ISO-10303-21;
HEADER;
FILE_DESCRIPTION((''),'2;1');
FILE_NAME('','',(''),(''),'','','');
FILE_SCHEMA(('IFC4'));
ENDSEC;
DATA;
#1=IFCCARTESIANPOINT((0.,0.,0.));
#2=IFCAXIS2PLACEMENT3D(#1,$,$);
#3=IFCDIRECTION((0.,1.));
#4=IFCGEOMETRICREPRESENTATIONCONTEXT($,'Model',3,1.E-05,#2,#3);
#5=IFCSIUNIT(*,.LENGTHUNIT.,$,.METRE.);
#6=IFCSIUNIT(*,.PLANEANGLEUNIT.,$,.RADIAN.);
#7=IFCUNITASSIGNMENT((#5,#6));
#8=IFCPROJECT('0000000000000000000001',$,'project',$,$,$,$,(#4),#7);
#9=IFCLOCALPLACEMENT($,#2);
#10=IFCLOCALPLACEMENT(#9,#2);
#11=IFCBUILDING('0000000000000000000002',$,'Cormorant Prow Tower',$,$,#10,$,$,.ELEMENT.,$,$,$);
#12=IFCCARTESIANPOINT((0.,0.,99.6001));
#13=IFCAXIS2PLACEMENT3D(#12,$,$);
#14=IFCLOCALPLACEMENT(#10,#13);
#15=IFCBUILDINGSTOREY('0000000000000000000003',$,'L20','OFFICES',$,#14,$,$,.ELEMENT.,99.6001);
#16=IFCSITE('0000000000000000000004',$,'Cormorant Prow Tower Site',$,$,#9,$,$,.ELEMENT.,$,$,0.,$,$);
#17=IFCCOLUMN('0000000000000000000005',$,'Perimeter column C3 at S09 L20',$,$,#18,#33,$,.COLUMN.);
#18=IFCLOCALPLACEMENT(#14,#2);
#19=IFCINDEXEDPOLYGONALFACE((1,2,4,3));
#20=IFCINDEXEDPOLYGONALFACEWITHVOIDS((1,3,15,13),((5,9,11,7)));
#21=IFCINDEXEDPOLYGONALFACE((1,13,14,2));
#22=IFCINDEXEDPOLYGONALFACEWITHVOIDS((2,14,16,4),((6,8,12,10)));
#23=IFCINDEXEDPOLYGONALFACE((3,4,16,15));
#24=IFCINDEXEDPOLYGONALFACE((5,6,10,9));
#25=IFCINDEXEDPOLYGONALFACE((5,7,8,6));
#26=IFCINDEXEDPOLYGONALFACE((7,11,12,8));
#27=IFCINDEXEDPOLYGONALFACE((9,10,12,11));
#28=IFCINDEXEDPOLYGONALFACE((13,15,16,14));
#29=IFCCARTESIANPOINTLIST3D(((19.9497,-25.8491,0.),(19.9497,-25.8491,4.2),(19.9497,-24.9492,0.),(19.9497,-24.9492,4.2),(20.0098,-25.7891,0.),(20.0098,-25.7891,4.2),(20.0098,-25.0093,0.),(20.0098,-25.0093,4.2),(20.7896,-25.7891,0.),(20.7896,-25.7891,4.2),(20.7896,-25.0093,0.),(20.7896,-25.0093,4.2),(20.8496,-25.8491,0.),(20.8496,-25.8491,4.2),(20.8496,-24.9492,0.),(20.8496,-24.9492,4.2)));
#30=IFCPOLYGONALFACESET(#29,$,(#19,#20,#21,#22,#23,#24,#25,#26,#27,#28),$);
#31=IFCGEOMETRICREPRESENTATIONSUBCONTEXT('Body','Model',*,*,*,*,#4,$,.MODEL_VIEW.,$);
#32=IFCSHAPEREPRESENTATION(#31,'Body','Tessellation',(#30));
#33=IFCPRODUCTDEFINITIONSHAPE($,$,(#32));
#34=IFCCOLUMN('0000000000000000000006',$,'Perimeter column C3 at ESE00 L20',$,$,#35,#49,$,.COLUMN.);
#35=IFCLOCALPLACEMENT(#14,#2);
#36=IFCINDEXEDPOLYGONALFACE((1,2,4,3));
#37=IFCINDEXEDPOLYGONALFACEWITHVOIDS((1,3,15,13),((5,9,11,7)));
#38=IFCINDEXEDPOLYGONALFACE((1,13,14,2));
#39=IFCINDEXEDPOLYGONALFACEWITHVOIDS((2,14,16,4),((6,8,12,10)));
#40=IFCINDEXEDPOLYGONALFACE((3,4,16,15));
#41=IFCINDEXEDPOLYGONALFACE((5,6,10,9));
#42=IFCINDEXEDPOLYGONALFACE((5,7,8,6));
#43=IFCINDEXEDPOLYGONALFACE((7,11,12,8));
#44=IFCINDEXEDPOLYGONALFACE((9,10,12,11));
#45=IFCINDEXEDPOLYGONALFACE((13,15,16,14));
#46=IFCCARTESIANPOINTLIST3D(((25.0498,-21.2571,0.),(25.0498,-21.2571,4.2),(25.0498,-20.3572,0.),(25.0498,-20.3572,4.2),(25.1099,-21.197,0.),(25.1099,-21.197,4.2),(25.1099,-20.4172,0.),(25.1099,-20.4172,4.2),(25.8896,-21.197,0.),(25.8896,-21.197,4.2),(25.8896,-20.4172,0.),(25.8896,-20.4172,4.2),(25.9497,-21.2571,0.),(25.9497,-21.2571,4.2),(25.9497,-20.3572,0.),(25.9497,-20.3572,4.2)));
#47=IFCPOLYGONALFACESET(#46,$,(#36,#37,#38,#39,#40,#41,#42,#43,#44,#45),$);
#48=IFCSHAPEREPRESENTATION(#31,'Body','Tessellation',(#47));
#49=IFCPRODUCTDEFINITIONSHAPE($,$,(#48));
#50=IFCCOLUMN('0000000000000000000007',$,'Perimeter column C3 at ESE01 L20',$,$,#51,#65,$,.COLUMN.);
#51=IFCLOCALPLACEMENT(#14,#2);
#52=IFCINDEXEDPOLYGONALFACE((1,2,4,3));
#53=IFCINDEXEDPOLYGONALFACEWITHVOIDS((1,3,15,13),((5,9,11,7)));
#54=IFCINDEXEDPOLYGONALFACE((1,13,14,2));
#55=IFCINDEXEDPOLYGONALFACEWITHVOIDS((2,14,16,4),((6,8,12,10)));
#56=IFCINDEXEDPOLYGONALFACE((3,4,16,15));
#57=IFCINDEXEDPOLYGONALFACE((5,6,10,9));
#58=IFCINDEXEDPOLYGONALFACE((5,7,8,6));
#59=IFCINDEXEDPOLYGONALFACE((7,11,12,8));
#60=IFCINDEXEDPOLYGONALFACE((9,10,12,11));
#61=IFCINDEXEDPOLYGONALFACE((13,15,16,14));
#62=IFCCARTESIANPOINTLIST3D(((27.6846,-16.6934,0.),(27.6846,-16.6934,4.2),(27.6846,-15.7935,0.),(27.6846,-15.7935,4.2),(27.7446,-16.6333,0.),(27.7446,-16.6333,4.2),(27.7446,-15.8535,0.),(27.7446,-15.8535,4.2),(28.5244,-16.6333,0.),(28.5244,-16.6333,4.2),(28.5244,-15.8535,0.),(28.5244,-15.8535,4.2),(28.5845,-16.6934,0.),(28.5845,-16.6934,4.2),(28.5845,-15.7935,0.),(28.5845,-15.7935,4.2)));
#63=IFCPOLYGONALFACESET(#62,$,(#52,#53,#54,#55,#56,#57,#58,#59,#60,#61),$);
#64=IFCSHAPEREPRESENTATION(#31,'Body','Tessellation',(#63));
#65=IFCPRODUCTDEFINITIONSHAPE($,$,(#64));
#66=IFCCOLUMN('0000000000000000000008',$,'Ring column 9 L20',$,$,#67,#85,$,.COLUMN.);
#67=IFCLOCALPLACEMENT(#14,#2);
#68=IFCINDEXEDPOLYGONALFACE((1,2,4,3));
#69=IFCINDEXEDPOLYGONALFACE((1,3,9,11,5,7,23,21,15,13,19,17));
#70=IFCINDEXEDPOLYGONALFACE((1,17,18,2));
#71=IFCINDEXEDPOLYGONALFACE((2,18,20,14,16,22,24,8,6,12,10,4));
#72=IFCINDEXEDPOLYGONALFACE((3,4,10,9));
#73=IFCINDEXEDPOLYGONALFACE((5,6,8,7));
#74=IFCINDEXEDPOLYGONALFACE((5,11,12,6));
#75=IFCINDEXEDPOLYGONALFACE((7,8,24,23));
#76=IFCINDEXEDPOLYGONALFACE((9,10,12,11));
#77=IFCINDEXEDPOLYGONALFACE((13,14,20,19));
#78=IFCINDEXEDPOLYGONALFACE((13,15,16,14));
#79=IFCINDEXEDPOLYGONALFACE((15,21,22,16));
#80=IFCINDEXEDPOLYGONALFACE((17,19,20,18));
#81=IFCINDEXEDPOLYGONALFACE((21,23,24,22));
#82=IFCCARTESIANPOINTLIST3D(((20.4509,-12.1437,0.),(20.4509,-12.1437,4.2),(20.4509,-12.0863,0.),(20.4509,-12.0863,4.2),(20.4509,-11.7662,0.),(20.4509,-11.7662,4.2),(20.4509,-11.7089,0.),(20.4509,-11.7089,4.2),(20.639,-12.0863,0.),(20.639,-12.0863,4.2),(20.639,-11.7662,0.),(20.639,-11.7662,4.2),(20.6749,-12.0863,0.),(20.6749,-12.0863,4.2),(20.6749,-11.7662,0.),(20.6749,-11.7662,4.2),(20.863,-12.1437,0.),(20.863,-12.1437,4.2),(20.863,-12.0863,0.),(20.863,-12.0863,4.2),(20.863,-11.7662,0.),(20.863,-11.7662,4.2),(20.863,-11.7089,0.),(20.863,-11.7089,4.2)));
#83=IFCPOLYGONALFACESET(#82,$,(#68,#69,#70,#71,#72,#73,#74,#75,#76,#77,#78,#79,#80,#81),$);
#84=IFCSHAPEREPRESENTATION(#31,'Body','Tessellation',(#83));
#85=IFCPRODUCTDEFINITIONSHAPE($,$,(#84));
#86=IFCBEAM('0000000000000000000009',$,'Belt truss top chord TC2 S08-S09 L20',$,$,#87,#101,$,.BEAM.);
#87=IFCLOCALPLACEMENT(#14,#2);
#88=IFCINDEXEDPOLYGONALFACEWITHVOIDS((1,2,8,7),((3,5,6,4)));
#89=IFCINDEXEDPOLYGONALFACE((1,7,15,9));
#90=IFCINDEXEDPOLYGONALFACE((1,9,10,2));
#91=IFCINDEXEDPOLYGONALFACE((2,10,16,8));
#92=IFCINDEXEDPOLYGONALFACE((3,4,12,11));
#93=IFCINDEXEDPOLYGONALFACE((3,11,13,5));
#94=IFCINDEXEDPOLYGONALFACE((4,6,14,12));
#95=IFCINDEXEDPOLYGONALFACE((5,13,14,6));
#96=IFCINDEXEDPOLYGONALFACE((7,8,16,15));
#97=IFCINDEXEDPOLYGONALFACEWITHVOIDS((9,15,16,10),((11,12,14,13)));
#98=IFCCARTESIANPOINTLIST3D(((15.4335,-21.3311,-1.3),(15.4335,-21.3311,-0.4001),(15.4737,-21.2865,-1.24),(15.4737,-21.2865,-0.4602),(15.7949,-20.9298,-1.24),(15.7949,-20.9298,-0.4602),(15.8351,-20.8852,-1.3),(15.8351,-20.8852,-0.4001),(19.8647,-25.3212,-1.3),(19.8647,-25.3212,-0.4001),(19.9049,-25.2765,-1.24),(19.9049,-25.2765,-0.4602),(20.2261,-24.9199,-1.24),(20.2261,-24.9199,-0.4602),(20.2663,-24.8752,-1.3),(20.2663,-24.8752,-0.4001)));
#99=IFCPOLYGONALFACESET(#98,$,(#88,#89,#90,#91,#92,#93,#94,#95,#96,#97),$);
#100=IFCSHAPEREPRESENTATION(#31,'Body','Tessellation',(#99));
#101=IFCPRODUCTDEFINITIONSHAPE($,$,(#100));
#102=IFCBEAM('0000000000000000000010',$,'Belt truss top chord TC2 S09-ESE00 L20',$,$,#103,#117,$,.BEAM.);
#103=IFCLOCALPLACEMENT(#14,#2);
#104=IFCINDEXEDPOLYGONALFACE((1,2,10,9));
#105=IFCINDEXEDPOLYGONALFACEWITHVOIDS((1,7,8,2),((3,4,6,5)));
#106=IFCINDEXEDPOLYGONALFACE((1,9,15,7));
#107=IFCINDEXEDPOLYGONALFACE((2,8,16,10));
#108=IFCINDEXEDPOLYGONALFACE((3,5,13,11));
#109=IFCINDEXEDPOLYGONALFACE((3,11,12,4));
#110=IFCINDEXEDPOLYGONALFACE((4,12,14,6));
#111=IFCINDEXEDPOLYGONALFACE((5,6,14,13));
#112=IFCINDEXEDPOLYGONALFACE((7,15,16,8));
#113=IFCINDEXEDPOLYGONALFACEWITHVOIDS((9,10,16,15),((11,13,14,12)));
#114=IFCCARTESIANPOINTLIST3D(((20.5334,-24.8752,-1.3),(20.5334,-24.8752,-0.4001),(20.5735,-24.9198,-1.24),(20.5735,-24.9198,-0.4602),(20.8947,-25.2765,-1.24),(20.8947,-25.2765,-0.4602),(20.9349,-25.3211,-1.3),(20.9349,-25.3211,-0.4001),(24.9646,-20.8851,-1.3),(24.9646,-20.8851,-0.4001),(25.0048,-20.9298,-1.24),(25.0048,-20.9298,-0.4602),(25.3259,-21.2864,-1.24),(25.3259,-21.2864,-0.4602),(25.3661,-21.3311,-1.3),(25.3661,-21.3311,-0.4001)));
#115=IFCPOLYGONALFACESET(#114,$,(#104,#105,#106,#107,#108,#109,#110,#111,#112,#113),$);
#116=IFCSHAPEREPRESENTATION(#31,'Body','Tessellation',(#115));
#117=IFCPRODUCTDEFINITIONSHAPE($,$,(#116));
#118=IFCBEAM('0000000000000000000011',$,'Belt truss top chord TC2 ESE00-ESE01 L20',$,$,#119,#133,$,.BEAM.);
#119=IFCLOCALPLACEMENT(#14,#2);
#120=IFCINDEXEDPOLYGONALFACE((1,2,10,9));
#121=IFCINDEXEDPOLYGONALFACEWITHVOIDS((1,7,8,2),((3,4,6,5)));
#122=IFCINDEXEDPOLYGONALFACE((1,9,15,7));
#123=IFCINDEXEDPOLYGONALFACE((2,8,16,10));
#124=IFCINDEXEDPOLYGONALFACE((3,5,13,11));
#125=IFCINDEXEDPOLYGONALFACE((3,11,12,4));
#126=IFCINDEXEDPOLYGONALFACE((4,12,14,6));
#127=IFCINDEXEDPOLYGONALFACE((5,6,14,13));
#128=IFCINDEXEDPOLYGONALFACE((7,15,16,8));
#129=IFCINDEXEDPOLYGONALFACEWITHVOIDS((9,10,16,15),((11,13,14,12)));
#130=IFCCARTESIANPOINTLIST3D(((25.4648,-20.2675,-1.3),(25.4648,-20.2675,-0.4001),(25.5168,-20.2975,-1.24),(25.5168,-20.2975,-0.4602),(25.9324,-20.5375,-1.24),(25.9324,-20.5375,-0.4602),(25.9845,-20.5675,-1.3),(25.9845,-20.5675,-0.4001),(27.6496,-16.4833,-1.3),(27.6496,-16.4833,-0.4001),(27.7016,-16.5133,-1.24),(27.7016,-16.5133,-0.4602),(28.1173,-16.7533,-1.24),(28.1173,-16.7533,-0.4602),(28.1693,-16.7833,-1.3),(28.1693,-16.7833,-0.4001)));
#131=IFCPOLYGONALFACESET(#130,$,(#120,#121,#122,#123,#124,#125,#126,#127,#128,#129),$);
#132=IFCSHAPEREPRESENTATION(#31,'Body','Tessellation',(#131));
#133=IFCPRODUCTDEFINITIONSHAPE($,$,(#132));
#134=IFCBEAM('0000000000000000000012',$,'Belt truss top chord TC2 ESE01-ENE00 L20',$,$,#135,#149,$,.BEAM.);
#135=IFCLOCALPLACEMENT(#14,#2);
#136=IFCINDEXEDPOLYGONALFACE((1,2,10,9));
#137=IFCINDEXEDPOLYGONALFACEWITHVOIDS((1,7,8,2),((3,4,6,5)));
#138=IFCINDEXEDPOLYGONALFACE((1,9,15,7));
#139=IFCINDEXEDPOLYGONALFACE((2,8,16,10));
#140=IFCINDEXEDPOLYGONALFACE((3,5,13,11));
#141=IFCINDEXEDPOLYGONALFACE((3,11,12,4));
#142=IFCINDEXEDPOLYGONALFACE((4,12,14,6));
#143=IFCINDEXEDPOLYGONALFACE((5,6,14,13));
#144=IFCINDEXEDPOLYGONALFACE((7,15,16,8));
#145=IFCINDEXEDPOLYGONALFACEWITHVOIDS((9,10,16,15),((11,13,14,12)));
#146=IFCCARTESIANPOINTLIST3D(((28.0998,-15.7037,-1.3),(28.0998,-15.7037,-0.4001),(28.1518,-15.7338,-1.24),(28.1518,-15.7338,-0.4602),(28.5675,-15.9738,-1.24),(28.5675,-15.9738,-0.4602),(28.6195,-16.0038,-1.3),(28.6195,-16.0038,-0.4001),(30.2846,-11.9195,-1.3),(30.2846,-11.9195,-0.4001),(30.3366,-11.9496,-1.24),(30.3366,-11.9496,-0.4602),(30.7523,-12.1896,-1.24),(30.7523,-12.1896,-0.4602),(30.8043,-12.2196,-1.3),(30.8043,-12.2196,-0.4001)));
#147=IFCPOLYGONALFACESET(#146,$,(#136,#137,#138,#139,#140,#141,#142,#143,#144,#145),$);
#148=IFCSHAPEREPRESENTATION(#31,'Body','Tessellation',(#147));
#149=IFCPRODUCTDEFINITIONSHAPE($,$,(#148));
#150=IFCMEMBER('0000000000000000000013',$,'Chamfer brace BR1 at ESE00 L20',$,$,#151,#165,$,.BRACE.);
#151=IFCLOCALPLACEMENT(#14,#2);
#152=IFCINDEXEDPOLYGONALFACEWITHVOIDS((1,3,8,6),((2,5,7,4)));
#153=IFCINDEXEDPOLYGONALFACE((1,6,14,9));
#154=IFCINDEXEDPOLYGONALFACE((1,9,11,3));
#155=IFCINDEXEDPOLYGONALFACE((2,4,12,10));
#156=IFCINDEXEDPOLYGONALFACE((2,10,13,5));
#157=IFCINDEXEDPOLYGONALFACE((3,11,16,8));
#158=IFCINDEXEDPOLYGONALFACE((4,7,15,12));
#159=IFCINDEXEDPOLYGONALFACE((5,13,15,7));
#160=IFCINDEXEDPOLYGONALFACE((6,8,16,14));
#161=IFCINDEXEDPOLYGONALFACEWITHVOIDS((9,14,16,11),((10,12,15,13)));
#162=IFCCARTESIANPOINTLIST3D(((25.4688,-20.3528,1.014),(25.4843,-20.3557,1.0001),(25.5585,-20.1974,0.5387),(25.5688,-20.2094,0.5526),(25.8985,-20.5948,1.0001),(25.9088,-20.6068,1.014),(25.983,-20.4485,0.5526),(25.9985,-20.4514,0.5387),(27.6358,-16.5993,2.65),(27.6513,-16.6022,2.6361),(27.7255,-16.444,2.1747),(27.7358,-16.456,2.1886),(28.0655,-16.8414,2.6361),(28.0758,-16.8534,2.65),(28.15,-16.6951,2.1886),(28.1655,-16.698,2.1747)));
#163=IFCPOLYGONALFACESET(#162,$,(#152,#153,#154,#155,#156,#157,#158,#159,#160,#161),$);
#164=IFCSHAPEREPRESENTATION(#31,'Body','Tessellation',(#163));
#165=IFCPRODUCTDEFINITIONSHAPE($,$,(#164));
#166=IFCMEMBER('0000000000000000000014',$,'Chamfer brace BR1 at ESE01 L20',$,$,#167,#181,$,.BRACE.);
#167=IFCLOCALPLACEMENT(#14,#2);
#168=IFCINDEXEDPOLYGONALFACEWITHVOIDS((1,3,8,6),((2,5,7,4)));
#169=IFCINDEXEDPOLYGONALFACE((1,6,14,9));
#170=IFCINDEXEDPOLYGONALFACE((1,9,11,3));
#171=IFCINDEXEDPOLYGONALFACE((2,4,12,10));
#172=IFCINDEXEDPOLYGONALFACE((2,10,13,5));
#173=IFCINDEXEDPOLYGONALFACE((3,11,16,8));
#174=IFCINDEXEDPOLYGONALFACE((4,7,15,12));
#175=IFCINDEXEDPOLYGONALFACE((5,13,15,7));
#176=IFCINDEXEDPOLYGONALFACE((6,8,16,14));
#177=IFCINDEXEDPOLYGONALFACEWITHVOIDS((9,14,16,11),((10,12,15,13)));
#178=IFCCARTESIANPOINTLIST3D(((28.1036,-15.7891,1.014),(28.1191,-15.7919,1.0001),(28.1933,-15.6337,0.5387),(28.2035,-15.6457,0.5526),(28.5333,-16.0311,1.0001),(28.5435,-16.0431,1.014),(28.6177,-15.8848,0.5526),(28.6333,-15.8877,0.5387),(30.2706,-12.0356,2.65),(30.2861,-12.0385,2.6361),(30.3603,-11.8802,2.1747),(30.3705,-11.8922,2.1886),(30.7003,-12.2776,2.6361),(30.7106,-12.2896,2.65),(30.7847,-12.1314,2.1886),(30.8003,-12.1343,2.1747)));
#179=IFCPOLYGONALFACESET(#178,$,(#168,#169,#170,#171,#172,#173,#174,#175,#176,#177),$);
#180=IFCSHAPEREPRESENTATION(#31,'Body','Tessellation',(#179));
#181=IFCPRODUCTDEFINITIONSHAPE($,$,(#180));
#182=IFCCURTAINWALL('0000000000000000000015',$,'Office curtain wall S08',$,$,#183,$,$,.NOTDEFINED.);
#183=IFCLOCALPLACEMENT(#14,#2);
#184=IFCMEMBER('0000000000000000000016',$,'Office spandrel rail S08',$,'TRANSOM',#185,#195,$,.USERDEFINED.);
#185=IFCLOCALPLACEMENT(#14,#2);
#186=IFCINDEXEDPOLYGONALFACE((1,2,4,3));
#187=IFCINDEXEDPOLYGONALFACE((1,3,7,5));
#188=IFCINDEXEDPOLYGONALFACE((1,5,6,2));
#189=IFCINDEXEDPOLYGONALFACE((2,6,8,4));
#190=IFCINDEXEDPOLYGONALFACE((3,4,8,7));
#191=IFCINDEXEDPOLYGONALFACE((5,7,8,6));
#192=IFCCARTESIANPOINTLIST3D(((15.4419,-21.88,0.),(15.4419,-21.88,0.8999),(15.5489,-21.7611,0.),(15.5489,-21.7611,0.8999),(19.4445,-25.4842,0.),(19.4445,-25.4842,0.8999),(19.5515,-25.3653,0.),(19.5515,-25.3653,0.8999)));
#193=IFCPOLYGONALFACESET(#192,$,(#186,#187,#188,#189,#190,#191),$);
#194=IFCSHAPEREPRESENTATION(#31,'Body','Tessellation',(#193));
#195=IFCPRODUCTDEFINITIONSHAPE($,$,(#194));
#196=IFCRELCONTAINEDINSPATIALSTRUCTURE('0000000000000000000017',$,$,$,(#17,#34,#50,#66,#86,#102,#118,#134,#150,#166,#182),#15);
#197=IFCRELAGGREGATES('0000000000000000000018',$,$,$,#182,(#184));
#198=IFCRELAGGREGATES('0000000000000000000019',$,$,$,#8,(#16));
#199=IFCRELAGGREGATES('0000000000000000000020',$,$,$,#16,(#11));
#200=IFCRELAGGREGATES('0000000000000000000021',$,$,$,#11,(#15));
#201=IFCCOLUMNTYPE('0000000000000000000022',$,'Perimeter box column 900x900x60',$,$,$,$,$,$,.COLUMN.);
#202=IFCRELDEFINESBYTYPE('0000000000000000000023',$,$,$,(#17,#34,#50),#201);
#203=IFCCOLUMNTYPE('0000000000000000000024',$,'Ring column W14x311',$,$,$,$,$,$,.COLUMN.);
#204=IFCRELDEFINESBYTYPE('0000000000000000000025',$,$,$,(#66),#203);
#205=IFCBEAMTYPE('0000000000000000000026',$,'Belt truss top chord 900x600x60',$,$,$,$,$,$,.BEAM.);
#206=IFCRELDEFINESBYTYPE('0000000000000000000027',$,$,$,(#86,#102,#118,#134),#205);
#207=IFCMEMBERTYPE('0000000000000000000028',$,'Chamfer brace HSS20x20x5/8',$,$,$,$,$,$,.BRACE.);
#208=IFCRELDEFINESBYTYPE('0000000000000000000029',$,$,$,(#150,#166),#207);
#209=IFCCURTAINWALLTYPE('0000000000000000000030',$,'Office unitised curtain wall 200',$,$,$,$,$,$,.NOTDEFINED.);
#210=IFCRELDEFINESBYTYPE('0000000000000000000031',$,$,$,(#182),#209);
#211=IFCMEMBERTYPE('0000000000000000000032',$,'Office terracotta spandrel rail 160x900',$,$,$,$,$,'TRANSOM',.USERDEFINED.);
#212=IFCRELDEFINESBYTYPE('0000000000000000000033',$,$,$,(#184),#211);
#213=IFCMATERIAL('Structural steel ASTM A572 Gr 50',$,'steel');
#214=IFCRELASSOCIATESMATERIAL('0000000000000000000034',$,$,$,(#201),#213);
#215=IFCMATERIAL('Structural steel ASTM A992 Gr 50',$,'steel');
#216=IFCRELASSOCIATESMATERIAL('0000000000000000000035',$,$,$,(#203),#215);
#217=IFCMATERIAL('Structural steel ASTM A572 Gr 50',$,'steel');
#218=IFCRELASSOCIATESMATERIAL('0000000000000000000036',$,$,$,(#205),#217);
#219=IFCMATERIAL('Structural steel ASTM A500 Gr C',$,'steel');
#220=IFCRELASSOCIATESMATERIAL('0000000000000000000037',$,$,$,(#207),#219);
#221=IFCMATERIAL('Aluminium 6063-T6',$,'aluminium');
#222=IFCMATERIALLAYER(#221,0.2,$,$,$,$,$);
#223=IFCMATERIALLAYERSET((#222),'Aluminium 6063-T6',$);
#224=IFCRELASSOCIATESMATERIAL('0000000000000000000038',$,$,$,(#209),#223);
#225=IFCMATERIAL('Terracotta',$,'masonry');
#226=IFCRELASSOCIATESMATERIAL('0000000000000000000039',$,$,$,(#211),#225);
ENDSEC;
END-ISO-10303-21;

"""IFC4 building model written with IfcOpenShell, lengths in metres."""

from ifc_helpers import new_model, si_unit, direction, frame, origin, origin_2d, place, context, subcontext, project, spatial, rectangle, hollow_rectangle, i_section, extrude, material, layer, layer_set, material_profile, profile_set, type_object, element, aggregate, save


model = new_model("IFC4")

# Units and contexts
model_context = context("Model", 3, precision=1e-05, world=origin(), true_north=direction((0.0, 1.0)))
body_context = subcontext(model_context, "Body", "Model", "MODEL_VIEW")
ifc_project = project(units=[si_unit("LENGTHUNIT", "METRE"), si_unit("PLANEANGLEUNIT", "RADIAN")], contexts=[model_context])

# Site, building, storey
site_placement = place(None, origin())
site = spatial("IfcSite", under=ifc_project, at=site_placement, Name="Cormorant Prow Tower Site", CompositionType="ELEMENT", RefElevation=0.0)
building_placement = place(site_placement, origin())
building = spatial("IfcBuilding", under=site, at=building_placement, Name="Cormorant Prow Tower", CompositionType="ELEMENT")
storey_placement = place(building_placement, frame((0.0, 0.0, 99.6001)))
storey = spatial("IfcBuildingStorey", under=building, at=storey_placement, Name="L20", Description="OFFICES", CompositionType="ELEMENT", Elevation=99.6001)

# Columns
ifc_material_1 = material(Name="Structural steel ASTM A572 Gr 50", Category="steel")
ifc_material_profile_1 = material_profile(ifc_material_1, hollow_rectangle(XDim=0.8999, YDim=0.8999, WallThickness=0.0601, at=origin_2d()), Name="Box 900x900x60")
ifc_profile_set_1 = profile_set([ifc_material_profile_1], Name="Structural steel ASTM A572 Gr 50")
column_type_1 = type_object("IfcColumnType", Name="Perimeter box column 900x900x60", PredefinedType="COLUMN", material=ifc_profile_set_1)
for number, where, z_axis, x_axis, name in (
    (1, (20.3997, -25.3992, 0.0), (0.0, 0.0, 1.0), (1.0, 0.0, 0.0), "Perimeter column C3 at S09 L20"),
    (2, (25.4998, -20.8071, 0.0), (0.0, 0.0, 1.0), (1.0, 0.0, 0.0), "Perimeter column C3 at ESE00 L20"),
    (3, (28.1345, -16.2434, 0.0), (0.0, 0.0, 1.0), (1.0, 0.0, 0.0), "Perimeter column C3 at ESE01 L20"),
):
    element("IfcColumn", number, at=place(storey_placement, frame(where, z_axis=z_axis, x_axis=x_axis)), inside=storey, type_object=column_type_1, Name=name, PredefinedType="COLUMN", context=body_context, shape_type="SweptSolid", body=[
        extrude(hollow_rectangle(XDim=0.8999, YDim=0.8999, WallThickness=0.0601, at=origin_2d()), origin(), (0.0, 0.0, 1.0), 4.2),
    ])
ifc_material_2 = material(Name="Structural steel ASTM A992 Gr 50", Category="steel")
ifc_material_profile_2 = material_profile(ifc_material_2, i_section(OverallWidth=0.4121, OverallDepth=0.4348, WebThickness=0.0359, FlangeThickness=0.0574, at=origin_2d()), Name="W14x311")
ifc_profile_set_2 = profile_set([ifc_material_profile_2], Name="Structural steel ASTM A992 Gr 50")
column_type_2 = type_object("IfcColumnType", Name="Ring column W14x311", PredefinedType="COLUMN", material=ifc_profile_set_2)
column_placement = place(storey_placement, frame((20.657, -11.9263, 0.0), z_axis=(0.0, 0.0, 1.0), x_axis=(1.0, 0.0, 0.0)))
element("IfcColumn", 4, at=column_placement, inside=storey, type_object=column_type_2, Name="Ring column 9 L20", PredefinedType="COLUMN", context=body_context, shape_type="SweptSolid", body=[
    extrude(i_section(OverallWidth=0.4121, OverallDepth=0.4348, WebThickness=0.0359, FlangeThickness=0.0574, at=origin_2d()), origin(), (0.0, 0.0, 1.0), 4.2),
])

# Beams
ifc_material_3 = material(Name="Structural steel ASTM A572 Gr 50", Category="steel")
ifc_material_profile_3 = material_profile(ifc_material_3, hollow_rectangle(XDim=0.6001, YDim=0.8999, WallThickness=0.0601, at=origin_2d()), Name="Box 900x600x60")
ifc_profile_set_3 = profile_set([ifc_material_profile_3], Name="Structural steel ASTM A572 Gr 50")
beam_type = type_object("IfcBeamType", Name="Belt truss top chord 900x600x60", PredefinedType="BEAM", material=ifc_profile_set_3)
for number, where, z_axis, x_axis, name in (
    (5, (15.6343, -21.1082, -0.8501), (0.743131, -0.669146, 0.0), (0.669146, 0.743131, 0.0), "Belt truss top chord TC2 S08-S09 L20"),
    (6, (20.7341, -25.0981, -0.8501), (0.743131, 0.669146, 0.0), (-0.669146, 0.743131, 0.0), "Belt truss top chord TC2 S09-ESE00 L20"),
):
    element("IfcBeam", number, at=place(storey_placement, frame(where, z_axis=z_axis, x_axis=x_axis)), inside=storey, type_object=beam_type, Name=name, PredefinedType="BEAM", context=body_context, shape_type="SweptSolid", body=[
        extrude(hollow_rectangle(XDim=0.6001, YDim=0.8999, WallThickness=0.0601, at=origin_2d()), origin(), (0.0, 0.0, 1.0), 5.9629),
    ])
for number, where, z_axis, x_axis, name in (
    (7, (25.7246, -20.4175, -0.8501), (0.500003, 0.866024, 0.0), (-0.866024, 0.500003, 0.0), "Belt truss top chord TC2 ESE00-ESE01 L20"),
    (8, (28.3596, -15.8538, -0.8501), (0.500003, 0.866024, 0.0), (-0.866024, 0.500003, 0.0), "Belt truss top chord TC2 ESE01-ENE00 L20"),
):
    element("IfcBeam", number, at=place(storey_placement, frame(where, z_axis=z_axis, x_axis=x_axis)), inside=storey, type_object=beam_type, Name=name, PredefinedType="BEAM", context=body_context, shape_type="SweptSolid", body=[
        extrude(hollow_rectangle(XDim=0.6001, YDim=0.8999, WallThickness=0.0601, at=origin_2d()), origin(), (0.0, 0.0, 1.0), 4.3696),
    ])

# Members
ifc_material_4 = material(Name="Structural steel ASTM A500 Gr C", Category="steel")
ifc_material_profile_4 = material_profile(ifc_material_4, hollow_rectangle(XDim=0.5081, YDim=0.5081, WallThickness=0.0149, at=origin_2d()), Name="HSS20x20x5/8")
ifc_profile_set_4 = profile_set([ifc_material_profile_4], Name="Structural steel ASTM A500 Gr C")
member_type_1 = type_object("IfcMemberType", Name="Chamfer brace HSS20x20x5/8", PredefinedType="BRACE", material=ifc_profile_set_4)
for number, where, z_axis, x_axis, name in (
    (9, (25.7336, -20.4021, 0.7764), (0.467776, 0.810228, 0.353151), (-0.86603, 0.499992, 0.0), "Chamfer brace BR1 at ESE00 L20"),
    (10, (28.3684, -15.8384, 0.7764), (0.467776, 0.810228, 0.353151), (-0.86603, 0.499992, 0.0), "Chamfer brace BR1 at ESE01 L20"),
):
    element("IfcMember", number, at=place(storey_placement, frame(where, z_axis=z_axis, x_axis=x_axis)), inside=storey, type_object=member_type_1, Name=name, PredefinedType="BRACE", context=body_context, shape_type="SweptSolid", body=[
        extrude(hollow_rectangle(XDim=0.5081, YDim=0.5081, WallThickness=0.0149, at=origin_2d()), origin(), (0.0, 0.0, 1.0), 4.6326),
    ])

# Curtain wall, member
ifc_material_5 = material(Name="Aluminium 6063-T6", Category="aluminium")
ifc_layer_1 = layer(ifc_material_5, 0.2)
ifc_layer_set_1 = layer_set([ifc_layer_1], Name="Aluminium 6063-T6")
curtain_wall_type = type_object("IfcCurtainWallType", Name="Office unitised curtain wall 200", PredefinedType="NOTDEFINED", material=ifc_layer_set_1)
curtain_wall_placement = place(storey_placement, origin())
curtain_wall = element("IfcCurtainWall", 11, at=curtain_wall_placement, inside=storey, type_object=curtain_wall_type, Name="Office curtain wall S08", PredefinedType="NOTDEFINED")
ifc_material_6 = material(Name="Terracotta", Category="masonry")
ifc_material_profile_5 = material_profile(ifc_material_6, rectangle(XDim=0.1599, YDim=0.8999, at=origin_2d()), Name="Office terracotta spandrel rail 160x900")
ifc_profile_set_5 = profile_set([ifc_material_profile_5], Name="Terracotta")
member_type_2 = type_object("IfcMemberType", Name="Office terracotta spandrel rail 160x900", ElementType="TRANSOM", PredefinedType="USERDEFINED", material=ifc_profile_set_5)
member_placement = place(storey_placement, frame((15.4954, -21.8206, 0.45), z_axis=(0.743125, -0.669153, 0.0), x_axis=(0.669153, 0.743125, 0.0)))
member = element("IfcMember", 12, at=member_placement, type_object=member_type_2, Name="Office spandrel rail S08", ObjectType="TRANSOM", PredefinedType="USERDEFINED", context=body_context, shape_type="SweptSolid", body=[
    extrude(rectangle(XDim=0.1599, YDim=0.8999, at=origin_2d()), origin(), (0.0, 0.0, 1.0), 5.3862),
])
aggregate(curtain_wall, [member])

save(model, "model.ifc")
